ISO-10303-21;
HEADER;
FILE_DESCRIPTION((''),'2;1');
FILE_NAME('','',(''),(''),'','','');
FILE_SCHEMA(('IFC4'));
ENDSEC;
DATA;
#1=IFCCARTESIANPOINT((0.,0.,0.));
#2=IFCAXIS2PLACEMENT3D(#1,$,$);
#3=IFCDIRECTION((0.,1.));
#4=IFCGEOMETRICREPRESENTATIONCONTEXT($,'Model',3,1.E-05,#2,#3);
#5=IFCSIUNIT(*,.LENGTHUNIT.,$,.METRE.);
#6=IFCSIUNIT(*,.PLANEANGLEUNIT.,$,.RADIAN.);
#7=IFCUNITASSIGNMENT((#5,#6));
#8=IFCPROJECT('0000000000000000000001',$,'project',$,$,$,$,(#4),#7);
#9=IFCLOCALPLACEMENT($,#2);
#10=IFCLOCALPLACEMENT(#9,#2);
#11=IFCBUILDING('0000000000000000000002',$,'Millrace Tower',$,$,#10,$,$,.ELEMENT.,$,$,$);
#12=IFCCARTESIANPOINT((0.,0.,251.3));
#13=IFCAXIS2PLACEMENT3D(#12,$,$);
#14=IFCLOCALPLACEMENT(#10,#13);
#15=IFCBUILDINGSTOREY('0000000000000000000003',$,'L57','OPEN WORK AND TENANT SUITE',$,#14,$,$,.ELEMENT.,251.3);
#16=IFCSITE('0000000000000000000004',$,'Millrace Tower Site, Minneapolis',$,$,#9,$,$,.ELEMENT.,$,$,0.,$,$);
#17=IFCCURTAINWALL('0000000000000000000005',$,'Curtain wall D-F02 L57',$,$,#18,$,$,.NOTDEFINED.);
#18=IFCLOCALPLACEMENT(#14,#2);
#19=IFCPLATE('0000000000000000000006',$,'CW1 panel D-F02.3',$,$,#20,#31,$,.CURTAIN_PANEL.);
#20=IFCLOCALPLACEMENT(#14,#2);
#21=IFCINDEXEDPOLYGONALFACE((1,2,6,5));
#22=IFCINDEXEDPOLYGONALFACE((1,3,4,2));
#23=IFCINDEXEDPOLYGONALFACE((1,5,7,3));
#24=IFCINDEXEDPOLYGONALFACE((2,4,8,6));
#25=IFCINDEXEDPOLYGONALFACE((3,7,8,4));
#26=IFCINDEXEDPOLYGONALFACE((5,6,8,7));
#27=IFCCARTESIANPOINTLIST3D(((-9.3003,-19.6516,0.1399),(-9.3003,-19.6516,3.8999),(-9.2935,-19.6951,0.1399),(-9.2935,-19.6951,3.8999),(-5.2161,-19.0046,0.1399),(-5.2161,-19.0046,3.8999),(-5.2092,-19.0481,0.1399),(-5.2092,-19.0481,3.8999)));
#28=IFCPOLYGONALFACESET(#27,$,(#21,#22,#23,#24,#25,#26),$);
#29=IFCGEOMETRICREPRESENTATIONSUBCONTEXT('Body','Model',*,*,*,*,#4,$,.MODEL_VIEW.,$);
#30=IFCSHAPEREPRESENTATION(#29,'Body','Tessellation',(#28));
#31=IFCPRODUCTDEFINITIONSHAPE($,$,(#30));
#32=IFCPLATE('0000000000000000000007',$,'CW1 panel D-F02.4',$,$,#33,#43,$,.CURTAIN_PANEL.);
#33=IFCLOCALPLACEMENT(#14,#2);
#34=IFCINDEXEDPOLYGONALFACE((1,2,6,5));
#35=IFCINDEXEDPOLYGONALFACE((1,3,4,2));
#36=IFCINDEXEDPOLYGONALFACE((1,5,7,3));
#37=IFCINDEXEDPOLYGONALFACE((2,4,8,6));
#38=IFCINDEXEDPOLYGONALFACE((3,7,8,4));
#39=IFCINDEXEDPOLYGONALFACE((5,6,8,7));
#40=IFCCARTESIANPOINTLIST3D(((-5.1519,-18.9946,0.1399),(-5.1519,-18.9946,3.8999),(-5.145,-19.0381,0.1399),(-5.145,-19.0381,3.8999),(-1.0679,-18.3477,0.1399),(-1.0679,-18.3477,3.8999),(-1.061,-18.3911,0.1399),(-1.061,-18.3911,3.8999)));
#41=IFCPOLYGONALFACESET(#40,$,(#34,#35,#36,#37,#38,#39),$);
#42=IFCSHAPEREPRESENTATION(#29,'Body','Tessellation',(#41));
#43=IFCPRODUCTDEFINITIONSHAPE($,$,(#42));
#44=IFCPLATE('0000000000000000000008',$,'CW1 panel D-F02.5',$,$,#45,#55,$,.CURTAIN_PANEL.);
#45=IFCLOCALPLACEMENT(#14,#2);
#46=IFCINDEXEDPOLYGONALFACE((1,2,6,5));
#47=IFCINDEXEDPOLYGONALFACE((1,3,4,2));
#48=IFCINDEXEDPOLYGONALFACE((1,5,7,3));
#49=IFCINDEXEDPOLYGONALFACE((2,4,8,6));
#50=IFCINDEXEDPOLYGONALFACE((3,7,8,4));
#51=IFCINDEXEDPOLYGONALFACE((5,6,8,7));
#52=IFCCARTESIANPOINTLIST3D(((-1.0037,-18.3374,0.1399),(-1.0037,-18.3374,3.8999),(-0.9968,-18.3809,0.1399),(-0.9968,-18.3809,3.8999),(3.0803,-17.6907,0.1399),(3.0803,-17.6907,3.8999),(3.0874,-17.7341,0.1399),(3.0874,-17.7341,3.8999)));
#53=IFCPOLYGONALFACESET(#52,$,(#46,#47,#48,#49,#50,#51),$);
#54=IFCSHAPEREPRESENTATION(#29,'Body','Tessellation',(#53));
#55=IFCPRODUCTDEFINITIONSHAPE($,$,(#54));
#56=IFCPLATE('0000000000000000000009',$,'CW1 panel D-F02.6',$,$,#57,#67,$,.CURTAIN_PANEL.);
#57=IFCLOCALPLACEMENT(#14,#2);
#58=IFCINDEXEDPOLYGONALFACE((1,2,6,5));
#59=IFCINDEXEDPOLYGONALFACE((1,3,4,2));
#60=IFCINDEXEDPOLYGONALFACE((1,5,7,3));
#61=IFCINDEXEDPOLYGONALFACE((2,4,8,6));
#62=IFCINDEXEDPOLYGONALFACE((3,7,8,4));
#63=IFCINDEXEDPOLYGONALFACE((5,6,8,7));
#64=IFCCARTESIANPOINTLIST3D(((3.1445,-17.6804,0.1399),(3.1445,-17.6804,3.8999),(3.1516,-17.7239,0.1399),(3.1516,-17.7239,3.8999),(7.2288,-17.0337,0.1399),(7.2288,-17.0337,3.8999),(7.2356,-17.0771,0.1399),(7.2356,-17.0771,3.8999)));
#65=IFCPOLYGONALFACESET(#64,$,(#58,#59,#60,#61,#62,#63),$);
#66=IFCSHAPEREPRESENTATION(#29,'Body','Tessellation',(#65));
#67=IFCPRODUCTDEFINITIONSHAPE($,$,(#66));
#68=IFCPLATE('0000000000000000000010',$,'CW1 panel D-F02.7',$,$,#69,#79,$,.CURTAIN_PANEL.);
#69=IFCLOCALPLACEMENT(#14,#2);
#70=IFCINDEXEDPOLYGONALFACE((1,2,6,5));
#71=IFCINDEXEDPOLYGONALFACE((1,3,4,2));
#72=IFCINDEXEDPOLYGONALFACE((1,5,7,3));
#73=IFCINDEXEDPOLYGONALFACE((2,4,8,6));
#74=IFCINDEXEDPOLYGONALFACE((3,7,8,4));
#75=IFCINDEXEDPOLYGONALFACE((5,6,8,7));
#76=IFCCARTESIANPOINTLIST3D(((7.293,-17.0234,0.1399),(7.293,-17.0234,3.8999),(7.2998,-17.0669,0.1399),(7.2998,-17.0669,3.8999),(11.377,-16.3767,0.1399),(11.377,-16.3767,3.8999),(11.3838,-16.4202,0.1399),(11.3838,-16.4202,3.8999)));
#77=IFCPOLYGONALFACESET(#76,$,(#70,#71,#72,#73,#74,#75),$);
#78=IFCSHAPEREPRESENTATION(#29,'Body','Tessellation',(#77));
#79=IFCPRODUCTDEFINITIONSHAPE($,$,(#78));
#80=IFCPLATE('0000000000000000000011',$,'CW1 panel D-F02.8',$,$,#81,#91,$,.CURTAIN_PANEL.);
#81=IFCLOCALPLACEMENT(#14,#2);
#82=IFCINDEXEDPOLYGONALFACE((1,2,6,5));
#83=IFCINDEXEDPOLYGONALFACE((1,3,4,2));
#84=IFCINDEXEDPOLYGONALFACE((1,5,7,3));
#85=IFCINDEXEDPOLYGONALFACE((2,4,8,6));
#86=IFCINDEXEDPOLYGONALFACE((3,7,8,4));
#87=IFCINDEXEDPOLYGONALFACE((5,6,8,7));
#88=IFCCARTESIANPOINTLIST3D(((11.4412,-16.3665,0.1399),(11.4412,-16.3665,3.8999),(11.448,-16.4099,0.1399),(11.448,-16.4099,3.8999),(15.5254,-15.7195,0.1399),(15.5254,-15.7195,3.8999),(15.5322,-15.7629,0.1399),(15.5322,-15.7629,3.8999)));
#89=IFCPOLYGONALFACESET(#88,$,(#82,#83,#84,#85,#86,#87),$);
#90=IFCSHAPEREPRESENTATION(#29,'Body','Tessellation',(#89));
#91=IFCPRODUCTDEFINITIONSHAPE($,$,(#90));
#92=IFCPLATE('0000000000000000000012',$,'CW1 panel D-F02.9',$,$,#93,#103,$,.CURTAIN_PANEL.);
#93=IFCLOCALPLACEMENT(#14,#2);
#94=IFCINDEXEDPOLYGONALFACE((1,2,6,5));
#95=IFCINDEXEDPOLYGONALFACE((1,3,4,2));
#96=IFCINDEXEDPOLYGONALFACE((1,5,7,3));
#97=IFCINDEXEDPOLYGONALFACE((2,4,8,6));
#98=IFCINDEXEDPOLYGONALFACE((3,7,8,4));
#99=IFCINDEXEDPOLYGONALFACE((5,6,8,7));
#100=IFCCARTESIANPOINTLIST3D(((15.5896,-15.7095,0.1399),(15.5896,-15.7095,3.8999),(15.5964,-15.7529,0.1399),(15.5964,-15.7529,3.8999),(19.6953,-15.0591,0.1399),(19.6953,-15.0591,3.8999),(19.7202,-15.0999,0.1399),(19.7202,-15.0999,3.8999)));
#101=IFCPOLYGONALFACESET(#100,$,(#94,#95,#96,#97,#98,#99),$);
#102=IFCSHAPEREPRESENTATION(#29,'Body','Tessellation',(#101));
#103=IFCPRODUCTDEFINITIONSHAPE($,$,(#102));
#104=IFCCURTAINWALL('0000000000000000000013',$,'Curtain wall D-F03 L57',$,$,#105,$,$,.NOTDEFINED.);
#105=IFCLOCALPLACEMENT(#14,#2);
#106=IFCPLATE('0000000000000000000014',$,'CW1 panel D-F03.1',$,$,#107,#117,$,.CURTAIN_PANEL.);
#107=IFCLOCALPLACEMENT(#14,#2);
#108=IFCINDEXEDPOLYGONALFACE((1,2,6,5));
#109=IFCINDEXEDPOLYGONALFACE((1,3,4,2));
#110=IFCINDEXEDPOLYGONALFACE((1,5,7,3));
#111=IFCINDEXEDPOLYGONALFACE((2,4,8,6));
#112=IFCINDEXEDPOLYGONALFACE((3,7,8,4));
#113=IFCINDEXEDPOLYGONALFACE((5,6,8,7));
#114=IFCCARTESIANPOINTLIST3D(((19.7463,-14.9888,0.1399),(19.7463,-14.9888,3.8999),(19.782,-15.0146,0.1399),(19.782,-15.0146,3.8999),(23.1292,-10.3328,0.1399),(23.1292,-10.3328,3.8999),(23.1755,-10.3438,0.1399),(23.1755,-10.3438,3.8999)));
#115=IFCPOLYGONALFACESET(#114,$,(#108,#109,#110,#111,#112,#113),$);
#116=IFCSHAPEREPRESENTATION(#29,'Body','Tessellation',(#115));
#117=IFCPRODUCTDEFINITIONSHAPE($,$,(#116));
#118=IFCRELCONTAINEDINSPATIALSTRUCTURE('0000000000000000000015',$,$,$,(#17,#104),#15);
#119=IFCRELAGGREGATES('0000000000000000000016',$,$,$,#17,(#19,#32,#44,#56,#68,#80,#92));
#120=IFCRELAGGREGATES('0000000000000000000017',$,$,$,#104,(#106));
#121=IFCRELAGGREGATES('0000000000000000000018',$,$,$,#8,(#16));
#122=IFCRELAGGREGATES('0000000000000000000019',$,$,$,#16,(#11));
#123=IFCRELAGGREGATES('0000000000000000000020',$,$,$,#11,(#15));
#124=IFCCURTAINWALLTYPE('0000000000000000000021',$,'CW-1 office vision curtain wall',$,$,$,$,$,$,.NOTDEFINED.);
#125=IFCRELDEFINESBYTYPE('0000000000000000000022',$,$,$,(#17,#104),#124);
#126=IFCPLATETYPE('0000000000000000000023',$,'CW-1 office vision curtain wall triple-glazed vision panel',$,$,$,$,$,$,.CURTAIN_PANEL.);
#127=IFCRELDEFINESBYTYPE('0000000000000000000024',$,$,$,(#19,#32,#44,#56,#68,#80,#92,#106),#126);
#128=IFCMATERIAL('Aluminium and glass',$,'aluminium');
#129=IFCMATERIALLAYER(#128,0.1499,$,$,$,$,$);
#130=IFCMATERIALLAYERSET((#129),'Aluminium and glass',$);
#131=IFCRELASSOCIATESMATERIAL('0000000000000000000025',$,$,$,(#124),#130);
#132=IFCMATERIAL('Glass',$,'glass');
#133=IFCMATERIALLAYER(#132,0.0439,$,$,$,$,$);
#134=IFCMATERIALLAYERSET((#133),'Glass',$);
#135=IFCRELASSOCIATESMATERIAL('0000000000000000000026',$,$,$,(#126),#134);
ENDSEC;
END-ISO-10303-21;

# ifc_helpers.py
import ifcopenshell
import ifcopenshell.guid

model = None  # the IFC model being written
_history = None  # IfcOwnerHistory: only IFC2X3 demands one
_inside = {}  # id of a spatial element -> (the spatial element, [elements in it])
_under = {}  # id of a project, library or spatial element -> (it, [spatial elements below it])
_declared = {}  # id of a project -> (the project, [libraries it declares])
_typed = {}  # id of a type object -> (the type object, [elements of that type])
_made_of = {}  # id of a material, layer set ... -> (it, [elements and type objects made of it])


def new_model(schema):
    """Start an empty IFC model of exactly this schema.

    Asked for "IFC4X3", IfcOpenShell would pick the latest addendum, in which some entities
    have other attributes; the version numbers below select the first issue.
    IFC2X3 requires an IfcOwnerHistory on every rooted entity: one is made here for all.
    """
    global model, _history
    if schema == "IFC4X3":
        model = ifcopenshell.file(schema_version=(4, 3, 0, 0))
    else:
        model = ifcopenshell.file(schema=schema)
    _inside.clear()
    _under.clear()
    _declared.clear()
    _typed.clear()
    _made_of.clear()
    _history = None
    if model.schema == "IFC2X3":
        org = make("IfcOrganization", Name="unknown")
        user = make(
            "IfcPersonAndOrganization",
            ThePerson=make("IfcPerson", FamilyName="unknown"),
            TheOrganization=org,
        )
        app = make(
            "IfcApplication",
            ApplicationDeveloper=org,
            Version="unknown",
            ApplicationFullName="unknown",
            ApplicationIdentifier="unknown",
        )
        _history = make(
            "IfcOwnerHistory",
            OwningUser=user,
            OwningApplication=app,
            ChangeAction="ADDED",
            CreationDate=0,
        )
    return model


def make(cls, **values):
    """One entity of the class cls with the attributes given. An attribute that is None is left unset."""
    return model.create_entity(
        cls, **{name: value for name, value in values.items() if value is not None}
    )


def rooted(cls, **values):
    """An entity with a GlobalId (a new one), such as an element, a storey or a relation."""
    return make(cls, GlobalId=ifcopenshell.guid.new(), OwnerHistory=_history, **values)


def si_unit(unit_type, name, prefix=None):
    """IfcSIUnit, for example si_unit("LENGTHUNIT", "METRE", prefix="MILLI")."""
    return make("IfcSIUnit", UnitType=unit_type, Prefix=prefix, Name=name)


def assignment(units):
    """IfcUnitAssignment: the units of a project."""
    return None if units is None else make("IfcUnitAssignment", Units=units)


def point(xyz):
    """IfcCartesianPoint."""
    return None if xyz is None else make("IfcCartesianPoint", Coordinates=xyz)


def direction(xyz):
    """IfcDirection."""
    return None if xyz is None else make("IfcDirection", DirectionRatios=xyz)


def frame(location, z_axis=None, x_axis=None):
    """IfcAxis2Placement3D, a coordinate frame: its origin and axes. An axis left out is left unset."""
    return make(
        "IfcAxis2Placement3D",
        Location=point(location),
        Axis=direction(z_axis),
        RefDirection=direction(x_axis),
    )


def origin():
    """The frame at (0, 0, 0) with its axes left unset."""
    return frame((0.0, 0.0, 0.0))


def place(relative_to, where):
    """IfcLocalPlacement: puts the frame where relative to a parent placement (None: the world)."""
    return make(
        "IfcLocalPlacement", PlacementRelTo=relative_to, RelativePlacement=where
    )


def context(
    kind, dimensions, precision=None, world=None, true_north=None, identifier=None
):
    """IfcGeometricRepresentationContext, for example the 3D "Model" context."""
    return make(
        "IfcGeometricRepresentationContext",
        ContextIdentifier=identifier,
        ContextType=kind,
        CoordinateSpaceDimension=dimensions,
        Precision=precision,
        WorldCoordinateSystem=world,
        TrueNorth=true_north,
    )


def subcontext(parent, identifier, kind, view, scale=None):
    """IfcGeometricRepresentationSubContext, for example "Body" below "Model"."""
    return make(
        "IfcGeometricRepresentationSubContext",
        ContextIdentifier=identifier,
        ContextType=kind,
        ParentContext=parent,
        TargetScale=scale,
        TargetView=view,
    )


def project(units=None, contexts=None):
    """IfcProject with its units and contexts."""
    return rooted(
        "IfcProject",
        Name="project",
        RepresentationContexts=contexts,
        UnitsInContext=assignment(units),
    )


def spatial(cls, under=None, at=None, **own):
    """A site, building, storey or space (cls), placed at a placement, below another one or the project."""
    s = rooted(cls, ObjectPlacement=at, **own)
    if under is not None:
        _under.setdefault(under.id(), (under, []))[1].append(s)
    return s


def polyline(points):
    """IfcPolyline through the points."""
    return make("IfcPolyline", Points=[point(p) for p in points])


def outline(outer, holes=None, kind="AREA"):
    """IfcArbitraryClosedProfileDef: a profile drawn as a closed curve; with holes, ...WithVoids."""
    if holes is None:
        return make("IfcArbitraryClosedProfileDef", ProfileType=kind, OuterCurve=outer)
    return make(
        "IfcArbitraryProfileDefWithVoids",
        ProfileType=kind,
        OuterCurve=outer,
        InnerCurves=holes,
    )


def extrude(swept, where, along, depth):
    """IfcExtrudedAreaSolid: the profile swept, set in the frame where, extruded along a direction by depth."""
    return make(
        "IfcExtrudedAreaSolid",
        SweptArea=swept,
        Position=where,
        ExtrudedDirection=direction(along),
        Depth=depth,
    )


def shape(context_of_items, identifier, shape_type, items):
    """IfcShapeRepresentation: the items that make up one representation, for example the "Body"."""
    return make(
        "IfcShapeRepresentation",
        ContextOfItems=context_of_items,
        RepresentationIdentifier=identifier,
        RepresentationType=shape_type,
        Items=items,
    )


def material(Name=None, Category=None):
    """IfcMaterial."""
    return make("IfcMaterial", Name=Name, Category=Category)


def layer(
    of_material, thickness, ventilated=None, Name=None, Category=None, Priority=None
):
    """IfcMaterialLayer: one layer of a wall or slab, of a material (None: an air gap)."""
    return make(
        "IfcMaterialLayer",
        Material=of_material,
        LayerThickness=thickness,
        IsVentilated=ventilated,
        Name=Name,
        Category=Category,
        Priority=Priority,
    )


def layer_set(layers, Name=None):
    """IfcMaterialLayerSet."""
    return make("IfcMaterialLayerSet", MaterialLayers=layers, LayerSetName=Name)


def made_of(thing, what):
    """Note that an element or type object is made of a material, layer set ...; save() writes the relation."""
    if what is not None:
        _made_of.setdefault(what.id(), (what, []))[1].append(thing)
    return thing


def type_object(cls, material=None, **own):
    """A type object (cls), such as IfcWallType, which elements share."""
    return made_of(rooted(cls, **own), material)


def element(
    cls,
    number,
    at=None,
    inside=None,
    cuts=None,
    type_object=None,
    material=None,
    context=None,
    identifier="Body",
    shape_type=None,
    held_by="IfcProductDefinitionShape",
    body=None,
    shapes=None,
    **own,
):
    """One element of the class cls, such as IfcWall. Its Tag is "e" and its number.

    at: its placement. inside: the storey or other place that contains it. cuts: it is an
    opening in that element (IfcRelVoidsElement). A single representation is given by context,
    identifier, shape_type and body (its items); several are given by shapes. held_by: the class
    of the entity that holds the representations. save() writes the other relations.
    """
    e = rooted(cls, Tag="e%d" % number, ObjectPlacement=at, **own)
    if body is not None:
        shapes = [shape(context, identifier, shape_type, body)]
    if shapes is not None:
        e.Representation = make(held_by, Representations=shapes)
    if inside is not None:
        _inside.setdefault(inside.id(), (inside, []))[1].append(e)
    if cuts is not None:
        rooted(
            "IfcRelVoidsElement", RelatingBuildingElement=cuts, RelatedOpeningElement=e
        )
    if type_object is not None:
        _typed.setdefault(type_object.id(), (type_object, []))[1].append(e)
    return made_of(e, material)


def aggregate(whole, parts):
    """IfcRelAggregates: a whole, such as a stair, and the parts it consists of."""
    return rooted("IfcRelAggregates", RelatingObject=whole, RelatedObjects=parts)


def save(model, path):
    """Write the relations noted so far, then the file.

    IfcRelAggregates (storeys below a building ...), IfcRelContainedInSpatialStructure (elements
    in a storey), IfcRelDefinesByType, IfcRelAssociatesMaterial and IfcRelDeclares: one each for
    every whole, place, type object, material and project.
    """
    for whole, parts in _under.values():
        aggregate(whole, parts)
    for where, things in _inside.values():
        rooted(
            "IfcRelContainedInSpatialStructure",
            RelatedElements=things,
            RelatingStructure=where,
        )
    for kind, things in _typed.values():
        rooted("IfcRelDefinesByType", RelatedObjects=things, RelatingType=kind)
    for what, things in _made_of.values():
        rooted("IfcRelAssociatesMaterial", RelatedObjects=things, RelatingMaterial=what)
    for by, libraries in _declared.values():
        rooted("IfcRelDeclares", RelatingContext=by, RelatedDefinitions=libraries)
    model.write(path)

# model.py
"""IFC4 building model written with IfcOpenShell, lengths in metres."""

from ifc_helpers import new_model, si_unit, direction, frame, origin, place, context, subcontext, project, spatial, polyline, outline, extrude, material, layer, layer_set, type_object, element, aggregate, save


model = new_model("IFC4")

# Units and contexts
model_context = context("Model", 3, precision=1e-05, world=origin(), true_north=direction((0.0, 1.0)))
body_context = subcontext(model_context, "Body", "Model", "MODEL_VIEW")
ifc_project = project(units=[si_unit("LENGTHUNIT", "METRE"), si_unit("PLANEANGLEUNIT", "RADIAN")], contexts=[model_context])

# Site, building, storey
site_placement = place(None, origin())
site = spatial("IfcSite", under=ifc_project, at=site_placement, Name="Millrace Tower Site, Minneapolis", CompositionType="ELEMENT", RefElevation=0.0)
building_placement = place(site_placement, origin())
building = spatial("IfcBuilding", under=site, at=building_placement, Name="Millrace Tower", CompositionType="ELEMENT")
storey_placement = place(building_placement, frame((0.0, 0.0, 251.3)))
storey = spatial("IfcBuildingStorey", under=building, at=storey_placement, Name="L57", Description="OPEN WORK AND TENANT SUITE", CompositionType="ELEMENT", Elevation=251.3)

# Shared definitions
ifc_material_1 = material(Name="Aluminium and glass", Category="aluminium")
ifc_layer_1 = layer(ifc_material_1, 0.1499)
ifc_layer_set_1 = layer_set([ifc_layer_1], Name="Aluminium and glass")
curtain_wall_type = type_object("IfcCurtainWallType", Name="CW-1 office vision curtain wall", PredefinedType="NOTDEFINED", material=ifc_layer_set_1)
placement_1 = place(storey_placement, origin())
ifc_material_2 = material(Name="Glass", Category="glass")
ifc_layer_2 = layer(ifc_material_2, 0.0439)
ifc_layer_set_2 = layer_set([ifc_layer_2], Name="Glass")
plate_type = type_object("IfcPlateType", Name="CW-1 office vision curtain wall triple-glazed vision panel", PredefinedType="CURTAIN_PANEL", material=ifc_layer_set_2)
placement_2 = place(storey_placement, frame((0.0, 0.0, 0.1399)))

# Curtain wall, plates
curtain_wall_1 = element("IfcCurtainWall", 1, at=placement_1, inside=storey, type_object=curtain_wall_type, Name="Curtain wall D-F02 L57", PredefinedType="NOTDEFINED")
plate_1 = element("IfcPlate", 2, at=placement_2, type_object=plate_type, Name="CW1 panel D-F02.3", PredefinedType="CURTAIN_PANEL", context=body_context, shape_type="SweptSolid", body=[
    extrude(outline(polyline([(-9.2935, -19.6951), (-5.2092, -19.0481), (-5.2161, -19.0046), (-9.3003, -19.6516), (-9.2935, -19.6951)])), origin(), (0.0, 0.0, 1.0), 3.76),
])
plate_2 = element("IfcPlate", 3, at=placement_2, type_object=plate_type, Name="CW1 panel D-F02.4", PredefinedType="CURTAIN_PANEL", context=body_context, shape_type="SweptSolid", body=[
    extrude(outline(polyline([(-5.145, -19.0381), (-1.061, -18.3911), (-1.0679, -18.3477), (-5.1519, -18.9946), (-5.145, -19.0381)])), origin(), (0.0, 0.0, 1.0), 3.76),
])
plate_3 = element("IfcPlate", 4, at=placement_2, type_object=plate_type, Name="CW1 panel D-F02.5", PredefinedType="CURTAIN_PANEL", context=body_context, shape_type="SweptSolid", body=[
    extrude(outline(polyline([(-0.9968, -18.3809), (3.0874, -17.7341), (3.0803, -17.6907), (-1.0037, -18.3374), (-0.9968, -18.3809)])), origin(), (0.0, 0.0, 1.0), 3.76),
])
plate_4 = element("IfcPlate", 5, at=placement_2, type_object=plate_type, Name="CW1 panel D-F02.6", PredefinedType="CURTAIN_PANEL", context=body_context, shape_type="SweptSolid", body=[
    extrude(outline(polyline([(3.1516, -17.7239), (7.2356, -17.0771), (7.2288, -17.0337), (3.1445, -17.6804), (3.1516, -17.7239)])), origin(), (0.0, 0.0, 1.0), 3.76),
])
plate_5 = element("IfcPlate", 6, at=placement_2, type_object=plate_type, Name="CW1 panel D-F02.7", PredefinedType="CURTAIN_PANEL", context=body_context, shape_type="SweptSolid", body=[
    extrude(outline(polyline([(7.2998, -17.0669), (11.3838, -16.4202), (11.377, -16.3767), (7.293, -17.0234), (7.2998, -17.0669)])), origin(), (0.0, 0.0, 1.0), 3.76),
])
plate_6 = element("IfcPlate", 7, at=placement_2, type_object=plate_type, Name="CW1 panel D-F02.8", PredefinedType="CURTAIN_PANEL", context=body_context, shape_type="SweptSolid", body=[
    extrude(outline(polyline([(11.448, -16.4099), (15.5322, -15.7629), (15.5254, -15.7195), (11.4412, -16.3665), (11.448, -16.4099)])), origin(), (0.0, 0.0, 1.0), 3.76),
])
plate_7 = element("IfcPlate", 8, at=placement_2, type_object=plate_type, Name="CW1 panel D-F02.9", PredefinedType="CURTAIN_PANEL", context=body_context, shape_type="SweptSolid", body=[
    extrude(outline(polyline([(15.5964, -15.7529), (19.7202, -15.0999), (19.6953, -15.0591), (15.5896, -15.7095), (15.5964, -15.7529)])), origin(), (0.0, 0.0, 1.0), 3.76),
])
aggregate(curtain_wall_1, [plate_1, plate_2, plate_3, plate_4, plate_5, plate_6, plate_7])

# Curtain wall, plate
curtain_wall_2 = element("IfcCurtainWall", 9, at=placement_1, inside=storey, type_object=curtain_wall_type, Name="Curtain wall D-F03 L57", PredefinedType="NOTDEFINED")
plate_8 = element("IfcPlate", 10, at=placement_2, type_object=plate_type, Name="CW1 panel D-F03.1", PredefinedType="CURTAIN_PANEL", context=body_context, shape_type="SweptSolid", body=[
    extrude(outline(polyline([(19.782, -15.0146), (23.1755, -10.3438), (23.1292, -10.3328), (19.7463, -14.9888), (19.782, -15.0146)])), origin(), (0.0, 0.0, 1.0), 3.76),
])
aggregate(curtain_wall_2, [plate_8])

save(model, "model.ifc")
